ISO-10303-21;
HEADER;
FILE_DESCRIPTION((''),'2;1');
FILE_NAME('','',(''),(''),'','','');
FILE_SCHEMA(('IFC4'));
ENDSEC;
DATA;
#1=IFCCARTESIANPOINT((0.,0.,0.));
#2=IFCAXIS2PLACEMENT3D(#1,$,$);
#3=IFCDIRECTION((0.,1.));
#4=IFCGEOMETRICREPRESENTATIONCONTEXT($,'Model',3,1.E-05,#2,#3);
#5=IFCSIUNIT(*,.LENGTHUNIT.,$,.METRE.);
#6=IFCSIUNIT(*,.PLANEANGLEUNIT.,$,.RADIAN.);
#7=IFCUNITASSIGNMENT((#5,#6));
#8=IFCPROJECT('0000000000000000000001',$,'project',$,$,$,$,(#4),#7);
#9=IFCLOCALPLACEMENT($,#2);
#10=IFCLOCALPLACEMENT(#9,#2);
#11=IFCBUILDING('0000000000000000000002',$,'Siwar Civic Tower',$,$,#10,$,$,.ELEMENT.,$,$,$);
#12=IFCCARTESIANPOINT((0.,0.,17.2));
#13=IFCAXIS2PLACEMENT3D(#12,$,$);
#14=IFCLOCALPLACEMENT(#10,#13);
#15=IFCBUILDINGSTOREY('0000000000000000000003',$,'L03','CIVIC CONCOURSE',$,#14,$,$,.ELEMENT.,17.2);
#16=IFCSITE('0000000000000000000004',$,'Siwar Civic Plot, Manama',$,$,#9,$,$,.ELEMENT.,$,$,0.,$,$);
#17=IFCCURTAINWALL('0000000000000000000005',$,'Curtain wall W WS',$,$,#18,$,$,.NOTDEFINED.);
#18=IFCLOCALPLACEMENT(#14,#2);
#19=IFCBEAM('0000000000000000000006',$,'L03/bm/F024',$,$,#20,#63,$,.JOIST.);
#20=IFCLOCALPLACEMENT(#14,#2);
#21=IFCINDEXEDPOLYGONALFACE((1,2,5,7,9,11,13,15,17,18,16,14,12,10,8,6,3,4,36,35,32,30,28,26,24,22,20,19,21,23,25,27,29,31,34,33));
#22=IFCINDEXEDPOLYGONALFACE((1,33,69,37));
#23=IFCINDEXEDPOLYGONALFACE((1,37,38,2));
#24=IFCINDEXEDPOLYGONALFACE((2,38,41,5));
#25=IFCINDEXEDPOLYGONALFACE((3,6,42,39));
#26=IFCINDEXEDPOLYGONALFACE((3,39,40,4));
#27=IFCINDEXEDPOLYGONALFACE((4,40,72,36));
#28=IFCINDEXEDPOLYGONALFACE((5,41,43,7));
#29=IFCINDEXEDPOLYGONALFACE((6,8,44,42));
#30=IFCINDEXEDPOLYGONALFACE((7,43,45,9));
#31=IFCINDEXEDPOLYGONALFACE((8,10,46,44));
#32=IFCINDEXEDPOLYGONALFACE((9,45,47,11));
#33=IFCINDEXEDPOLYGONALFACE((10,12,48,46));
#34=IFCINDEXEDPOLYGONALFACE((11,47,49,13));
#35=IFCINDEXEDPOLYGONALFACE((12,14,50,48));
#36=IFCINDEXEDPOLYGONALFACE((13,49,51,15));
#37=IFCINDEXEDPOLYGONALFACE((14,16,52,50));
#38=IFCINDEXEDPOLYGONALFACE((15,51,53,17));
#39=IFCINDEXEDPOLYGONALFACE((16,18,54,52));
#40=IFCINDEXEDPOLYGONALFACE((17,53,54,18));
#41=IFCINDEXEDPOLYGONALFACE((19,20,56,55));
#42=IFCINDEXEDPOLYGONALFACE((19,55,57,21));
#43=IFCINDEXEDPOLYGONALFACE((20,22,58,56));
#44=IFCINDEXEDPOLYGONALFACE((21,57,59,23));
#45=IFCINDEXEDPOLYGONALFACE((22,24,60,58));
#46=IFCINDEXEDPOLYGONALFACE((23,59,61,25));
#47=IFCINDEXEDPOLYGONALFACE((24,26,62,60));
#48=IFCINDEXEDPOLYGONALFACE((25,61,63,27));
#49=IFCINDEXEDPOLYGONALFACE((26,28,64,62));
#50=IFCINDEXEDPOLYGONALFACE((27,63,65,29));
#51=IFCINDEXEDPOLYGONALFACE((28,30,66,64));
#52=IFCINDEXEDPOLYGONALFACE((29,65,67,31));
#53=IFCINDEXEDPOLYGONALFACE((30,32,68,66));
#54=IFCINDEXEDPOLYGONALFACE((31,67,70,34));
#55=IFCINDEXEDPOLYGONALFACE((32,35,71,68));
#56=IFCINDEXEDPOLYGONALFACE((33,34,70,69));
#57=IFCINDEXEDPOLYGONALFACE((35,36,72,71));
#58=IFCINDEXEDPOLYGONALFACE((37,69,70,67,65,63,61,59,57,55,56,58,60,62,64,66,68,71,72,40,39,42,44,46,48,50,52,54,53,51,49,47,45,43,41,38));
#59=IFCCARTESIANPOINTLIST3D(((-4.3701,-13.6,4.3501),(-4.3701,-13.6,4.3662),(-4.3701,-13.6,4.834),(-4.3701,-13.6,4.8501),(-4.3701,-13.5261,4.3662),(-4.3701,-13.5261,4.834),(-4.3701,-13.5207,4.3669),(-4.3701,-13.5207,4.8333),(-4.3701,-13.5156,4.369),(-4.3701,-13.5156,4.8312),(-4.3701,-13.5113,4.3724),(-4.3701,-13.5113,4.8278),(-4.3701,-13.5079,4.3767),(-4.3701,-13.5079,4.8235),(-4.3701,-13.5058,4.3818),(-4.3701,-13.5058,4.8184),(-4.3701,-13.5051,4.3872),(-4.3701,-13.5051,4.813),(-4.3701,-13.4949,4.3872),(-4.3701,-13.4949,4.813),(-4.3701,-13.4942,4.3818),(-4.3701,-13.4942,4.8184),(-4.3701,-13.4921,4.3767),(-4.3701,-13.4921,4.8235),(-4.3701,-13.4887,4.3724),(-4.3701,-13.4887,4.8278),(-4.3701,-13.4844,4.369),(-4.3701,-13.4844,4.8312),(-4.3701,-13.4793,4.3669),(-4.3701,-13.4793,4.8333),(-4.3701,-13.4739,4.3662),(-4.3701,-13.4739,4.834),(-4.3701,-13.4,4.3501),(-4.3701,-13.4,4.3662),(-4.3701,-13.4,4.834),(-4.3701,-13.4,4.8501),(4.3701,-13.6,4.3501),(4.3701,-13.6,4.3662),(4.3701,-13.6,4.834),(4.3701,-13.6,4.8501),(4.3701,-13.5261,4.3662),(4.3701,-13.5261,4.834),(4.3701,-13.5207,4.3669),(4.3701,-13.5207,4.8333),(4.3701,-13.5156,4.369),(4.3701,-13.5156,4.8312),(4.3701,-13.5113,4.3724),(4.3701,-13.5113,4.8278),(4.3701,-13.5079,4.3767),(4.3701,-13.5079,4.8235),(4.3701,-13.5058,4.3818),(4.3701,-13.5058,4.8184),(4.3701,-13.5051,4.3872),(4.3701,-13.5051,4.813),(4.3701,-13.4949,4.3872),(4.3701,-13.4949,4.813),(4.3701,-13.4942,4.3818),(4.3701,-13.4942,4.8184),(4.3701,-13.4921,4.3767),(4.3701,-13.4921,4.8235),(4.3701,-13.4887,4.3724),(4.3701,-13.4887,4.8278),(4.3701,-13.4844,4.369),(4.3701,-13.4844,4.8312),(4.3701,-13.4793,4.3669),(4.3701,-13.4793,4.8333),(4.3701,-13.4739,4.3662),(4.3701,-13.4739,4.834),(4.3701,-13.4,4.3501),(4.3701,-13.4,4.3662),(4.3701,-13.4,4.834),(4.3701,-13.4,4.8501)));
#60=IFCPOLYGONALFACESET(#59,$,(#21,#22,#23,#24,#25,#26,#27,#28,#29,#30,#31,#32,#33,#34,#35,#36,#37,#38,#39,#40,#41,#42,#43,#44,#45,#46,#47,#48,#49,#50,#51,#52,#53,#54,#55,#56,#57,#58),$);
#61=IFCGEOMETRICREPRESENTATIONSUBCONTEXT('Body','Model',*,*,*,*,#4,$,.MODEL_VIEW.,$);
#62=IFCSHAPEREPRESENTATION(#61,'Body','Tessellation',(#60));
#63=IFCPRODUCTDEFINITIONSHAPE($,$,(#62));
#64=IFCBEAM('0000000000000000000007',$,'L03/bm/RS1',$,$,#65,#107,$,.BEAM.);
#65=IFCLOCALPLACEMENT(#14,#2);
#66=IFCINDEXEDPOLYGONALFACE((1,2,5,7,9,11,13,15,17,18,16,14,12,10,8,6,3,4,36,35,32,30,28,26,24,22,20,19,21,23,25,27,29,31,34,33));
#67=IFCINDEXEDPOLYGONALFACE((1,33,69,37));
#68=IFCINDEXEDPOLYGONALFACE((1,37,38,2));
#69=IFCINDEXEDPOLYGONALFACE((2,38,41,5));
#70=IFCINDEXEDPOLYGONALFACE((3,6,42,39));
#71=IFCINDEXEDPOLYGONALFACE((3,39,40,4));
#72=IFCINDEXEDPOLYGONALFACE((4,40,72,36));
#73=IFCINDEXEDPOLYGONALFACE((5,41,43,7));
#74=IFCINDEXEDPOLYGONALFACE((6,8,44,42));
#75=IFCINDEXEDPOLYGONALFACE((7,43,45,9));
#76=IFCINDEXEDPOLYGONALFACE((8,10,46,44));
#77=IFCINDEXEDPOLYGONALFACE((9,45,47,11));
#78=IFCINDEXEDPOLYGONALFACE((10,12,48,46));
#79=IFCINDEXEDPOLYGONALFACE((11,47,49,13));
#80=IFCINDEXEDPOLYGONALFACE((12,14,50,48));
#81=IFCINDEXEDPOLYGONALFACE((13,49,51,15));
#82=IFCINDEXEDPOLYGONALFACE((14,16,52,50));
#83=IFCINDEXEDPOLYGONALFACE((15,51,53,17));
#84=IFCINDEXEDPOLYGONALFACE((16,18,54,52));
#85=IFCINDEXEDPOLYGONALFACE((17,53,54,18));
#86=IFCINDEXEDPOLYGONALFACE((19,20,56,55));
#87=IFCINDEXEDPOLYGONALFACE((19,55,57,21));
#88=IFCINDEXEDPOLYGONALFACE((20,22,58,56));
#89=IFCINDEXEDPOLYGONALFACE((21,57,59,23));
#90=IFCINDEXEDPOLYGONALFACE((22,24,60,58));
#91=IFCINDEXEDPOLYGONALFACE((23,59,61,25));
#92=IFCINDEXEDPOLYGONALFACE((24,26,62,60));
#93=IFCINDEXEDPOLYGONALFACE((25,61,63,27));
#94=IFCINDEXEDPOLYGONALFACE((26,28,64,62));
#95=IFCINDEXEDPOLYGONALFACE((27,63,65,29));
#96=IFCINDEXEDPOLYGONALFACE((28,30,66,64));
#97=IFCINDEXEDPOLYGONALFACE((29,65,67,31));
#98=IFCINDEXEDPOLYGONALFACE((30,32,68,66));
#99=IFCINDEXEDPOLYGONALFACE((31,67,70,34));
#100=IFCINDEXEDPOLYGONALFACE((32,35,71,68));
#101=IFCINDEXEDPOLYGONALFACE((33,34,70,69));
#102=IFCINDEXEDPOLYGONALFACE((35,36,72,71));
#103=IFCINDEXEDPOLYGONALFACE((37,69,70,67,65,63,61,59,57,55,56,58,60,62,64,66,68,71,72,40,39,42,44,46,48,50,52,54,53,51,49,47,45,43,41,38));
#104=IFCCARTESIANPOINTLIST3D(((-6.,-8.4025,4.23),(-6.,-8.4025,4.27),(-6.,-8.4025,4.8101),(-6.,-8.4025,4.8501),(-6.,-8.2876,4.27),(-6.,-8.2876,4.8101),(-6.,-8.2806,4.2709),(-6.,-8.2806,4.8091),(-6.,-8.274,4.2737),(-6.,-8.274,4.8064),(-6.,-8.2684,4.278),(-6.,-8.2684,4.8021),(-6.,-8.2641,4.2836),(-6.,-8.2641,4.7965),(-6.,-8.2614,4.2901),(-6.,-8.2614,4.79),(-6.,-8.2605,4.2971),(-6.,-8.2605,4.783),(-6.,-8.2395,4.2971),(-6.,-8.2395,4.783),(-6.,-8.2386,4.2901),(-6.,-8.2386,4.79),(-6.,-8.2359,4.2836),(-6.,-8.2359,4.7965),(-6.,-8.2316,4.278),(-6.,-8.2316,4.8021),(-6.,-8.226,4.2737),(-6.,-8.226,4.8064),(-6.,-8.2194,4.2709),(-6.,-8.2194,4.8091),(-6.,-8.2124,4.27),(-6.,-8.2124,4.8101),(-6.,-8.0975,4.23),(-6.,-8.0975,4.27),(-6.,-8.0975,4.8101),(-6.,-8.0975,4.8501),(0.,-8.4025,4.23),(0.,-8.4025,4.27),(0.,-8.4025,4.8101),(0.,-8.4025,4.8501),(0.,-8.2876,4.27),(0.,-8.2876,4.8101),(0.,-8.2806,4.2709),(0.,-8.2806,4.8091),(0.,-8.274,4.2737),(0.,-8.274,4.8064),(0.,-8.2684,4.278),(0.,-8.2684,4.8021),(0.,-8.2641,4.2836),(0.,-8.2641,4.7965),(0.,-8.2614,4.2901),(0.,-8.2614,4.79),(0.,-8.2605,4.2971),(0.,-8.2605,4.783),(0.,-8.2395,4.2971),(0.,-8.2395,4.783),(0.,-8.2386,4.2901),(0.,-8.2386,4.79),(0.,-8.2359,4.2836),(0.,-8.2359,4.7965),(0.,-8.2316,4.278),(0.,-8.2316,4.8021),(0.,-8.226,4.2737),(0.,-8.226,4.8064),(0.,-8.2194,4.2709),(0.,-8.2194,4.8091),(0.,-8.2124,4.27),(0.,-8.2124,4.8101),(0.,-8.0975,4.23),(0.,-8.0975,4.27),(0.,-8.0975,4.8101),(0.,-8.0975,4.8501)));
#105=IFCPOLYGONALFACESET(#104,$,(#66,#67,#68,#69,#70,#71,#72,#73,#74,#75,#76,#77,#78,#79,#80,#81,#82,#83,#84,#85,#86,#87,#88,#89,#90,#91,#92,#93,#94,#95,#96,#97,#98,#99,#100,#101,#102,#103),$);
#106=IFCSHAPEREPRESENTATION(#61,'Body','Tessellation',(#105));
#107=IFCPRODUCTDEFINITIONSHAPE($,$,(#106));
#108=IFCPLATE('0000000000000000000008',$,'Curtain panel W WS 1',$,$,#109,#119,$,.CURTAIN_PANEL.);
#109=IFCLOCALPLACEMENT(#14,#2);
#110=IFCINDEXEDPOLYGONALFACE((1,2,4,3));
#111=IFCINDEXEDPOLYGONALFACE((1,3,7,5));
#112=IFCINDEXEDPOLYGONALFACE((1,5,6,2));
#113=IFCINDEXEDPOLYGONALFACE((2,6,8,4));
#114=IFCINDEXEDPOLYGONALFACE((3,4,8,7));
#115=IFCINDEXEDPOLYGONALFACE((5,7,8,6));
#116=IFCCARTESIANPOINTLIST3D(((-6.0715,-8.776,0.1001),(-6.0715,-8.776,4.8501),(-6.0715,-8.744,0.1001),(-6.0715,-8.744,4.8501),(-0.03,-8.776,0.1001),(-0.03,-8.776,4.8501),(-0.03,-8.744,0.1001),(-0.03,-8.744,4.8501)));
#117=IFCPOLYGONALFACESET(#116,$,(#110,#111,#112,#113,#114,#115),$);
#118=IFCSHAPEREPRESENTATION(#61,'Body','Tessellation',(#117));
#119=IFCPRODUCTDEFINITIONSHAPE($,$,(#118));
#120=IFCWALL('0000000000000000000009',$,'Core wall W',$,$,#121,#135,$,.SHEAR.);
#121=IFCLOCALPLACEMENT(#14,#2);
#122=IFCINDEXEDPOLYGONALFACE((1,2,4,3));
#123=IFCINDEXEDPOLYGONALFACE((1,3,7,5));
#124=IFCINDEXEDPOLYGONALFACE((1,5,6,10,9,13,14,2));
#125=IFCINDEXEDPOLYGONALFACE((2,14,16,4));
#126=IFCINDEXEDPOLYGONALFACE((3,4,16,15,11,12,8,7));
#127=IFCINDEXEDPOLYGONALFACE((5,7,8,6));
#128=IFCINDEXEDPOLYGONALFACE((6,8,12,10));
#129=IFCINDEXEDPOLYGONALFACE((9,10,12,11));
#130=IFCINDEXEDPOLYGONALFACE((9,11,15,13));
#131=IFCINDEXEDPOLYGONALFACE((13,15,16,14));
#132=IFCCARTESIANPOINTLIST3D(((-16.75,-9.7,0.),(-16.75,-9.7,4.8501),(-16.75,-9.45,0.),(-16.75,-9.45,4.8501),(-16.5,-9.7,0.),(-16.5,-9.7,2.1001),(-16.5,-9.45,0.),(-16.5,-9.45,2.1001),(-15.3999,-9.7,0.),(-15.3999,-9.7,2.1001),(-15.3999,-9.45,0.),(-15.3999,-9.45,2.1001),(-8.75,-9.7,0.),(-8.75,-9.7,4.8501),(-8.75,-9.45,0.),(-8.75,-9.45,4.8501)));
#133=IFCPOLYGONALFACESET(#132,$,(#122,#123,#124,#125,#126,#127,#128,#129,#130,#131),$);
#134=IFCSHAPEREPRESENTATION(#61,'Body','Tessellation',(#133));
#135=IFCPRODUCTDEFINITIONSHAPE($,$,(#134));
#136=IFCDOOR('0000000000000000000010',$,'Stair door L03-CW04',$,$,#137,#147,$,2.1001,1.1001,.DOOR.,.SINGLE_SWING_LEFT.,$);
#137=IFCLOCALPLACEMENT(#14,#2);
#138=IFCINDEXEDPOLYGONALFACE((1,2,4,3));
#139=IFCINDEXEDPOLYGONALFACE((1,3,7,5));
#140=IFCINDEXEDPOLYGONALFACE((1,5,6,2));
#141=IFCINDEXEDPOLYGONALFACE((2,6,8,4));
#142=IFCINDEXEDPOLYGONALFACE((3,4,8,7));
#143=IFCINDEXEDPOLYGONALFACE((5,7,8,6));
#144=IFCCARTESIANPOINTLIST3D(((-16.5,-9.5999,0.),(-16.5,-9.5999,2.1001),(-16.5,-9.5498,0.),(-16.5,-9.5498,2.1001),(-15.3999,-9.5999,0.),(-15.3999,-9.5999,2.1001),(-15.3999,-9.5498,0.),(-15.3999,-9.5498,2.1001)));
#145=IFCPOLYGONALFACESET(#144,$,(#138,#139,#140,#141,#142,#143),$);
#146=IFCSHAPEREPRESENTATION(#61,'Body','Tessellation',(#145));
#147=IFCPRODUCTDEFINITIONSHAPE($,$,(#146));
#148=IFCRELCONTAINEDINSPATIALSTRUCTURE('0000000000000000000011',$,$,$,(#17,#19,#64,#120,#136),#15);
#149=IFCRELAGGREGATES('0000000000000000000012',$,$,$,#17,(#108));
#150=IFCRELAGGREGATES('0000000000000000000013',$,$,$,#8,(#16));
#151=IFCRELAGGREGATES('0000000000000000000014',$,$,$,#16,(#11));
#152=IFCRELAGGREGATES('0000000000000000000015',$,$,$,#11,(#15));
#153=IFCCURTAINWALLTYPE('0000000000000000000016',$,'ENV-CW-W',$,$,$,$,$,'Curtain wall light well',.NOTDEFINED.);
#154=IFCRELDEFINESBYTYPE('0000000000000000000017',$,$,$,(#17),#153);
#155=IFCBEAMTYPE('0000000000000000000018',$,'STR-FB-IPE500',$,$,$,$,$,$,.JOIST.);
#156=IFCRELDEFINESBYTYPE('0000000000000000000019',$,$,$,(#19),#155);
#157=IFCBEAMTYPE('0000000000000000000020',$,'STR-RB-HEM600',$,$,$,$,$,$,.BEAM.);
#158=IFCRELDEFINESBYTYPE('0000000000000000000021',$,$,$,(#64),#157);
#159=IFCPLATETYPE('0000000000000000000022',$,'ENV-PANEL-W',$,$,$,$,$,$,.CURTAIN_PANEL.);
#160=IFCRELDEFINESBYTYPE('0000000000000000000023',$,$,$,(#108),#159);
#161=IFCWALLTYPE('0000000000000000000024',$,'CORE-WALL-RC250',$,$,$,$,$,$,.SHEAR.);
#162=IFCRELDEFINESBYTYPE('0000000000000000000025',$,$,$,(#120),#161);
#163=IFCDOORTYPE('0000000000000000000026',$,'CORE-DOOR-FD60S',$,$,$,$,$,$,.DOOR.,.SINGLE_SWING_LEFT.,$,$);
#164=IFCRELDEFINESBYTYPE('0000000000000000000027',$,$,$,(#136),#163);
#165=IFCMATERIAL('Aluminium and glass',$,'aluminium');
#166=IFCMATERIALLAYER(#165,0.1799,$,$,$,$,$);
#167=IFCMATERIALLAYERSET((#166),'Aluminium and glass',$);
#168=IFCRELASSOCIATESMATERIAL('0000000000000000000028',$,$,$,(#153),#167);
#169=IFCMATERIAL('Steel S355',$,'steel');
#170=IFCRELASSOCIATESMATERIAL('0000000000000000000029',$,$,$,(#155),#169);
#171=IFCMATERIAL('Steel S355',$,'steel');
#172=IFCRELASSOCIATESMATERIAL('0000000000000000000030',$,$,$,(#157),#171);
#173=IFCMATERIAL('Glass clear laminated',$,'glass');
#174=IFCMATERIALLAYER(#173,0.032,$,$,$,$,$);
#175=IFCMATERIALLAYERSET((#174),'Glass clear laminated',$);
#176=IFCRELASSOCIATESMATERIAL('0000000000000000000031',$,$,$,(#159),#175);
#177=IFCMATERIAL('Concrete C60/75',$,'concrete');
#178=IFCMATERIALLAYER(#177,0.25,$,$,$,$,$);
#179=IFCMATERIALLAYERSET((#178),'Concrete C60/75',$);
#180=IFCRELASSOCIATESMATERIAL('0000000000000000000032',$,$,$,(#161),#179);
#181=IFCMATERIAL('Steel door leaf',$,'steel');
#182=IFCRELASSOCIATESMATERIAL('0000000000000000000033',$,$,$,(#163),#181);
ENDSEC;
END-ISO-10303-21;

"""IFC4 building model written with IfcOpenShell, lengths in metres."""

from ifc_helpers import new_model, si_unit, direction, frame, frame_2d, origin, origin_2d, place, context, subcontext, project, spatial, rectangle, i_section, extrude, material, layer, layer_set, material_profile, profile_set, type_object, element, fill, aggregate, save


model = new_model("IFC4")

# Units and contexts
model_context = context("Model", 3, precision=1e-05, world=origin(), true_north=direction((0.0, 1.0)))
body_context = subcontext(model_context, "Body", "Model", "MODEL_VIEW")
ifc_project = project(units=[si_unit("LENGTHUNIT", "METRE"), si_unit("PLANEANGLEUNIT", "RADIAN")], contexts=[model_context])

# Site, building, storey
site_placement = place(None, origin())
site = spatial("IfcSite", under=ifc_project, at=site_placement, Name="Siwar Civic Plot, Manama", CompositionType="ELEMENT", RefElevation=0.0)
building_placement = place(site_placement, origin())
building = spatial("IfcBuilding", under=site, at=building_placement, Name="Siwar Civic Tower", CompositionType="ELEMENT")
storey_placement = place(building_placement, frame((0.0, 0.0, 17.2)))
storey = spatial("IfcBuildingStorey", under=building, at=storey_placement, Name="L03", Description="CIVIC CONCOURSE", CompositionType="ELEMENT", Elevation=17.2)

# Curtain wall
ifc_material_1 = material(Name="Aluminium and glass", Category="aluminium")
ifc_layer_1 = layer(ifc_material_1, 0.1799)
ifc_layer_set_1 = layer_set([ifc_layer_1], Name="Aluminium and glass")
curtain_wall_type = type_object("IfcCurtainWallType", Name="ENV-CW-W", ElementType="Curtain wall light well", PredefinedType="NOTDEFINED", material=ifc_layer_set_1)
curtain_wall_placement = place(storey_placement, origin())
curtain_wall = element("IfcCurtainWall", 1, at=curtain_wall_placement, inside=storey, type_object=curtain_wall_type, Name="Curtain wall W WS", PredefinedType="NOTDEFINED")

# Beams
ifc_material_2 = material(Name="Steel S355", Category="steel")
ifc_material_profile_1 = material_profile(ifc_material_2, i_section(OverallWidth=0.2, OverallDepth=0.5, WebThickness=0.0103, FlangeThickness=0.0161, FilletRadius=0.021, at=origin_2d()), Name="IPE500")
ifc_profile_set_1 = profile_set([ifc_material_profile_1], Name="Steel S355")
beam_type_1 = type_object("IfcBeamType", Name="STR-FB-IPE500", PredefinedType="JOIST", material=ifc_profile_set_1)
beam_1_placement = place(storey_placement, frame((-4.3701, -13.5, 4.6001), z_axis=(1.0, 0.0, 0.0), x_axis=(0.0, 1.0, 0.0)))
element("IfcBeam", 2, at=beam_1_placement, inside=storey, type_object=beam_type_1, Name="L03/bm/F024", PredefinedType="JOIST", context=body_context, shape_type="SweptSolid", body=[
    extrude(i_section(OverallWidth=0.2, OverallDepth=0.5, WebThickness=0.0103, FlangeThickness=0.0161, FilletRadius=0.021, at=origin_2d()), origin(), (0.0, 0.0, 1.0), 8.7402),
])
ifc_material_3 = material(Name="Steel S355", Category="steel")
ifc_material_profile_2 = material_profile(ifc_material_3, i_section(OverallWidth=0.3049, OverallDepth=0.6201, WebThickness=0.021, FlangeThickness=0.04, FilletRadius=0.0271, at=origin_2d()), Name="HEM600")
ifc_profile_set_2 = profile_set([ifc_material_profile_2], Name="Steel S355")
beam_type_2 = type_object("IfcBeamType", Name="STR-RB-HEM600", PredefinedType="BEAM", material=ifc_profile_set_2)
beam_2_placement = place(storey_placement, frame((-6.0, -8.25, 4.54), z_axis=(1.0, 0.0, 0.0), x_axis=(0.0, 1.0, 0.0)))
element("IfcBeam", 3, at=beam_2_placement, inside=storey, type_object=beam_type_2, Name="L03/bm/RS1", PredefinedType="BEAM", context=body_context, shape_type="SweptSolid", body=[
    extrude(i_section(OverallWidth=0.3049, OverallDepth=0.6201, WebThickness=0.021, FlangeThickness=0.04, FilletRadius=0.0271, at=origin_2d()), origin(), (0.0, 0.0, 1.0), 6.0),
])

# Plate
ifc_material_4 = material(Name="Glass clear laminated", Category="glass")
ifc_layer_2 = layer(ifc_material_4, 0.032)
ifc_layer_set_2 = layer_set([ifc_layer_2], Name="Glass clear laminated")
plate_type = type_object("IfcPlateType", Name="ENV-PANEL-W", PredefinedType="CURTAIN_PANEL", material=ifc_layer_set_2)
plate_placement = place(storey_placement, frame((-3.0508, -8.76, 0.1001), z_axis=(0.0, 0.0, 1.0), x_axis=(1.0, 0.0, 0.0)))
plate = element("IfcPlate", 4, at=plate_placement, type_object=plate_type, Name="Curtain panel W WS 1", PredefinedType="CURTAIN_PANEL", context=body_context, shape_type="SweptSolid", body=[
    extrude(rectangle(XDim=6.0415, YDim=0.032, at=origin_2d()), origin(), (0.0, 0.0, 1.0), 4.75),
])
aggregate(curtain_wall, [plate])

# Wall, opening, door
ifc_material_5 = material(Name="Concrete C60/75", Category="concrete")
ifc_layer_3 = layer(ifc_material_5, 0.25)
ifc_layer_set_3 = layer_set([ifc_layer_3], Name="Concrete C60/75")
wall_type_1 = type_object("IfcWallType", Name="CORE-WALL-RC250", PredefinedType="SHEAR", material=ifc_layer_set_3)
wall_1_placement = place(storey_placement, frame((-8.75, -9.575, 0.0), z_axis=(0.0, 0.0, 1.0), x_axis=(-1.0, 0.0, 0.0)))
wall_1 = element("IfcWall", 5, at=wall_1_placement, inside=storey, type_object=wall_type_1, Name="Core wall W", PredefinedType="SHEAR", context=body_context, shape_type="SweptSolid", body=[
    extrude(rectangle(XDim=8.0, YDim=0.25, at=frame_2d((4.0, 0.0))), origin(), (0.0, 0.0, 1.0), 4.8501),
])
opening_1_placement = place(wall_1_placement, frame((6.6499, 0.0, 0.0)))
opening_1 = element("IfcOpeningElement", 6, at=opening_1_placement, cuts=wall_1, PredefinedType="OPENING", context=body_context, shape_type="SweptSolid", body=[
    extrude(rectangle(XDim=1.1001, YDim=2.1001, at=frame_2d((0.55, 1.05))), frame((0.0, 0.135, 0.0), z_axis=(0.0, -1.0, 0.0), x_axis=(1.0, 0.0, 0.0)), (0.0, 0.0, 1.0), 0.27),
])
ifc_material_6 = material(Name="Steel door leaf", Category="steel")
door_type_1 = type_object("IfcDoorType", Name="CORE-DOOR-FD60S", OperationType="SINGLE_SWING_LEFT", PredefinedType="DOOR", material=ifc_material_6)
door_1_placement = place(opening_1_placement, origin())
door_1 = element("IfcDoor", 7, at=door_1_placement, inside=storey, type_object=door_type_1, Name="Stair door L03-CW04", OperationType="SINGLE_SWING_LEFT", OverallHeight=2.1001, OverallWidth=1.1001, PredefinedType="DOOR", context=body_context, shape_type="SweptSolid", body=[
    extrude(rectangle(XDim=1.1001, YDim=2.1001, at=frame_2d((0.55, 1.05))), frame((0.0, 0.0249, 0.0), z_axis=(0.0, -1.0, 0.0), x_axis=(1.0, 0.0, 0.0)), (0.0, 0.0, 1.0), 0.05),
])
fill(opening_1, door_1)

save(model, "model.ifc")
